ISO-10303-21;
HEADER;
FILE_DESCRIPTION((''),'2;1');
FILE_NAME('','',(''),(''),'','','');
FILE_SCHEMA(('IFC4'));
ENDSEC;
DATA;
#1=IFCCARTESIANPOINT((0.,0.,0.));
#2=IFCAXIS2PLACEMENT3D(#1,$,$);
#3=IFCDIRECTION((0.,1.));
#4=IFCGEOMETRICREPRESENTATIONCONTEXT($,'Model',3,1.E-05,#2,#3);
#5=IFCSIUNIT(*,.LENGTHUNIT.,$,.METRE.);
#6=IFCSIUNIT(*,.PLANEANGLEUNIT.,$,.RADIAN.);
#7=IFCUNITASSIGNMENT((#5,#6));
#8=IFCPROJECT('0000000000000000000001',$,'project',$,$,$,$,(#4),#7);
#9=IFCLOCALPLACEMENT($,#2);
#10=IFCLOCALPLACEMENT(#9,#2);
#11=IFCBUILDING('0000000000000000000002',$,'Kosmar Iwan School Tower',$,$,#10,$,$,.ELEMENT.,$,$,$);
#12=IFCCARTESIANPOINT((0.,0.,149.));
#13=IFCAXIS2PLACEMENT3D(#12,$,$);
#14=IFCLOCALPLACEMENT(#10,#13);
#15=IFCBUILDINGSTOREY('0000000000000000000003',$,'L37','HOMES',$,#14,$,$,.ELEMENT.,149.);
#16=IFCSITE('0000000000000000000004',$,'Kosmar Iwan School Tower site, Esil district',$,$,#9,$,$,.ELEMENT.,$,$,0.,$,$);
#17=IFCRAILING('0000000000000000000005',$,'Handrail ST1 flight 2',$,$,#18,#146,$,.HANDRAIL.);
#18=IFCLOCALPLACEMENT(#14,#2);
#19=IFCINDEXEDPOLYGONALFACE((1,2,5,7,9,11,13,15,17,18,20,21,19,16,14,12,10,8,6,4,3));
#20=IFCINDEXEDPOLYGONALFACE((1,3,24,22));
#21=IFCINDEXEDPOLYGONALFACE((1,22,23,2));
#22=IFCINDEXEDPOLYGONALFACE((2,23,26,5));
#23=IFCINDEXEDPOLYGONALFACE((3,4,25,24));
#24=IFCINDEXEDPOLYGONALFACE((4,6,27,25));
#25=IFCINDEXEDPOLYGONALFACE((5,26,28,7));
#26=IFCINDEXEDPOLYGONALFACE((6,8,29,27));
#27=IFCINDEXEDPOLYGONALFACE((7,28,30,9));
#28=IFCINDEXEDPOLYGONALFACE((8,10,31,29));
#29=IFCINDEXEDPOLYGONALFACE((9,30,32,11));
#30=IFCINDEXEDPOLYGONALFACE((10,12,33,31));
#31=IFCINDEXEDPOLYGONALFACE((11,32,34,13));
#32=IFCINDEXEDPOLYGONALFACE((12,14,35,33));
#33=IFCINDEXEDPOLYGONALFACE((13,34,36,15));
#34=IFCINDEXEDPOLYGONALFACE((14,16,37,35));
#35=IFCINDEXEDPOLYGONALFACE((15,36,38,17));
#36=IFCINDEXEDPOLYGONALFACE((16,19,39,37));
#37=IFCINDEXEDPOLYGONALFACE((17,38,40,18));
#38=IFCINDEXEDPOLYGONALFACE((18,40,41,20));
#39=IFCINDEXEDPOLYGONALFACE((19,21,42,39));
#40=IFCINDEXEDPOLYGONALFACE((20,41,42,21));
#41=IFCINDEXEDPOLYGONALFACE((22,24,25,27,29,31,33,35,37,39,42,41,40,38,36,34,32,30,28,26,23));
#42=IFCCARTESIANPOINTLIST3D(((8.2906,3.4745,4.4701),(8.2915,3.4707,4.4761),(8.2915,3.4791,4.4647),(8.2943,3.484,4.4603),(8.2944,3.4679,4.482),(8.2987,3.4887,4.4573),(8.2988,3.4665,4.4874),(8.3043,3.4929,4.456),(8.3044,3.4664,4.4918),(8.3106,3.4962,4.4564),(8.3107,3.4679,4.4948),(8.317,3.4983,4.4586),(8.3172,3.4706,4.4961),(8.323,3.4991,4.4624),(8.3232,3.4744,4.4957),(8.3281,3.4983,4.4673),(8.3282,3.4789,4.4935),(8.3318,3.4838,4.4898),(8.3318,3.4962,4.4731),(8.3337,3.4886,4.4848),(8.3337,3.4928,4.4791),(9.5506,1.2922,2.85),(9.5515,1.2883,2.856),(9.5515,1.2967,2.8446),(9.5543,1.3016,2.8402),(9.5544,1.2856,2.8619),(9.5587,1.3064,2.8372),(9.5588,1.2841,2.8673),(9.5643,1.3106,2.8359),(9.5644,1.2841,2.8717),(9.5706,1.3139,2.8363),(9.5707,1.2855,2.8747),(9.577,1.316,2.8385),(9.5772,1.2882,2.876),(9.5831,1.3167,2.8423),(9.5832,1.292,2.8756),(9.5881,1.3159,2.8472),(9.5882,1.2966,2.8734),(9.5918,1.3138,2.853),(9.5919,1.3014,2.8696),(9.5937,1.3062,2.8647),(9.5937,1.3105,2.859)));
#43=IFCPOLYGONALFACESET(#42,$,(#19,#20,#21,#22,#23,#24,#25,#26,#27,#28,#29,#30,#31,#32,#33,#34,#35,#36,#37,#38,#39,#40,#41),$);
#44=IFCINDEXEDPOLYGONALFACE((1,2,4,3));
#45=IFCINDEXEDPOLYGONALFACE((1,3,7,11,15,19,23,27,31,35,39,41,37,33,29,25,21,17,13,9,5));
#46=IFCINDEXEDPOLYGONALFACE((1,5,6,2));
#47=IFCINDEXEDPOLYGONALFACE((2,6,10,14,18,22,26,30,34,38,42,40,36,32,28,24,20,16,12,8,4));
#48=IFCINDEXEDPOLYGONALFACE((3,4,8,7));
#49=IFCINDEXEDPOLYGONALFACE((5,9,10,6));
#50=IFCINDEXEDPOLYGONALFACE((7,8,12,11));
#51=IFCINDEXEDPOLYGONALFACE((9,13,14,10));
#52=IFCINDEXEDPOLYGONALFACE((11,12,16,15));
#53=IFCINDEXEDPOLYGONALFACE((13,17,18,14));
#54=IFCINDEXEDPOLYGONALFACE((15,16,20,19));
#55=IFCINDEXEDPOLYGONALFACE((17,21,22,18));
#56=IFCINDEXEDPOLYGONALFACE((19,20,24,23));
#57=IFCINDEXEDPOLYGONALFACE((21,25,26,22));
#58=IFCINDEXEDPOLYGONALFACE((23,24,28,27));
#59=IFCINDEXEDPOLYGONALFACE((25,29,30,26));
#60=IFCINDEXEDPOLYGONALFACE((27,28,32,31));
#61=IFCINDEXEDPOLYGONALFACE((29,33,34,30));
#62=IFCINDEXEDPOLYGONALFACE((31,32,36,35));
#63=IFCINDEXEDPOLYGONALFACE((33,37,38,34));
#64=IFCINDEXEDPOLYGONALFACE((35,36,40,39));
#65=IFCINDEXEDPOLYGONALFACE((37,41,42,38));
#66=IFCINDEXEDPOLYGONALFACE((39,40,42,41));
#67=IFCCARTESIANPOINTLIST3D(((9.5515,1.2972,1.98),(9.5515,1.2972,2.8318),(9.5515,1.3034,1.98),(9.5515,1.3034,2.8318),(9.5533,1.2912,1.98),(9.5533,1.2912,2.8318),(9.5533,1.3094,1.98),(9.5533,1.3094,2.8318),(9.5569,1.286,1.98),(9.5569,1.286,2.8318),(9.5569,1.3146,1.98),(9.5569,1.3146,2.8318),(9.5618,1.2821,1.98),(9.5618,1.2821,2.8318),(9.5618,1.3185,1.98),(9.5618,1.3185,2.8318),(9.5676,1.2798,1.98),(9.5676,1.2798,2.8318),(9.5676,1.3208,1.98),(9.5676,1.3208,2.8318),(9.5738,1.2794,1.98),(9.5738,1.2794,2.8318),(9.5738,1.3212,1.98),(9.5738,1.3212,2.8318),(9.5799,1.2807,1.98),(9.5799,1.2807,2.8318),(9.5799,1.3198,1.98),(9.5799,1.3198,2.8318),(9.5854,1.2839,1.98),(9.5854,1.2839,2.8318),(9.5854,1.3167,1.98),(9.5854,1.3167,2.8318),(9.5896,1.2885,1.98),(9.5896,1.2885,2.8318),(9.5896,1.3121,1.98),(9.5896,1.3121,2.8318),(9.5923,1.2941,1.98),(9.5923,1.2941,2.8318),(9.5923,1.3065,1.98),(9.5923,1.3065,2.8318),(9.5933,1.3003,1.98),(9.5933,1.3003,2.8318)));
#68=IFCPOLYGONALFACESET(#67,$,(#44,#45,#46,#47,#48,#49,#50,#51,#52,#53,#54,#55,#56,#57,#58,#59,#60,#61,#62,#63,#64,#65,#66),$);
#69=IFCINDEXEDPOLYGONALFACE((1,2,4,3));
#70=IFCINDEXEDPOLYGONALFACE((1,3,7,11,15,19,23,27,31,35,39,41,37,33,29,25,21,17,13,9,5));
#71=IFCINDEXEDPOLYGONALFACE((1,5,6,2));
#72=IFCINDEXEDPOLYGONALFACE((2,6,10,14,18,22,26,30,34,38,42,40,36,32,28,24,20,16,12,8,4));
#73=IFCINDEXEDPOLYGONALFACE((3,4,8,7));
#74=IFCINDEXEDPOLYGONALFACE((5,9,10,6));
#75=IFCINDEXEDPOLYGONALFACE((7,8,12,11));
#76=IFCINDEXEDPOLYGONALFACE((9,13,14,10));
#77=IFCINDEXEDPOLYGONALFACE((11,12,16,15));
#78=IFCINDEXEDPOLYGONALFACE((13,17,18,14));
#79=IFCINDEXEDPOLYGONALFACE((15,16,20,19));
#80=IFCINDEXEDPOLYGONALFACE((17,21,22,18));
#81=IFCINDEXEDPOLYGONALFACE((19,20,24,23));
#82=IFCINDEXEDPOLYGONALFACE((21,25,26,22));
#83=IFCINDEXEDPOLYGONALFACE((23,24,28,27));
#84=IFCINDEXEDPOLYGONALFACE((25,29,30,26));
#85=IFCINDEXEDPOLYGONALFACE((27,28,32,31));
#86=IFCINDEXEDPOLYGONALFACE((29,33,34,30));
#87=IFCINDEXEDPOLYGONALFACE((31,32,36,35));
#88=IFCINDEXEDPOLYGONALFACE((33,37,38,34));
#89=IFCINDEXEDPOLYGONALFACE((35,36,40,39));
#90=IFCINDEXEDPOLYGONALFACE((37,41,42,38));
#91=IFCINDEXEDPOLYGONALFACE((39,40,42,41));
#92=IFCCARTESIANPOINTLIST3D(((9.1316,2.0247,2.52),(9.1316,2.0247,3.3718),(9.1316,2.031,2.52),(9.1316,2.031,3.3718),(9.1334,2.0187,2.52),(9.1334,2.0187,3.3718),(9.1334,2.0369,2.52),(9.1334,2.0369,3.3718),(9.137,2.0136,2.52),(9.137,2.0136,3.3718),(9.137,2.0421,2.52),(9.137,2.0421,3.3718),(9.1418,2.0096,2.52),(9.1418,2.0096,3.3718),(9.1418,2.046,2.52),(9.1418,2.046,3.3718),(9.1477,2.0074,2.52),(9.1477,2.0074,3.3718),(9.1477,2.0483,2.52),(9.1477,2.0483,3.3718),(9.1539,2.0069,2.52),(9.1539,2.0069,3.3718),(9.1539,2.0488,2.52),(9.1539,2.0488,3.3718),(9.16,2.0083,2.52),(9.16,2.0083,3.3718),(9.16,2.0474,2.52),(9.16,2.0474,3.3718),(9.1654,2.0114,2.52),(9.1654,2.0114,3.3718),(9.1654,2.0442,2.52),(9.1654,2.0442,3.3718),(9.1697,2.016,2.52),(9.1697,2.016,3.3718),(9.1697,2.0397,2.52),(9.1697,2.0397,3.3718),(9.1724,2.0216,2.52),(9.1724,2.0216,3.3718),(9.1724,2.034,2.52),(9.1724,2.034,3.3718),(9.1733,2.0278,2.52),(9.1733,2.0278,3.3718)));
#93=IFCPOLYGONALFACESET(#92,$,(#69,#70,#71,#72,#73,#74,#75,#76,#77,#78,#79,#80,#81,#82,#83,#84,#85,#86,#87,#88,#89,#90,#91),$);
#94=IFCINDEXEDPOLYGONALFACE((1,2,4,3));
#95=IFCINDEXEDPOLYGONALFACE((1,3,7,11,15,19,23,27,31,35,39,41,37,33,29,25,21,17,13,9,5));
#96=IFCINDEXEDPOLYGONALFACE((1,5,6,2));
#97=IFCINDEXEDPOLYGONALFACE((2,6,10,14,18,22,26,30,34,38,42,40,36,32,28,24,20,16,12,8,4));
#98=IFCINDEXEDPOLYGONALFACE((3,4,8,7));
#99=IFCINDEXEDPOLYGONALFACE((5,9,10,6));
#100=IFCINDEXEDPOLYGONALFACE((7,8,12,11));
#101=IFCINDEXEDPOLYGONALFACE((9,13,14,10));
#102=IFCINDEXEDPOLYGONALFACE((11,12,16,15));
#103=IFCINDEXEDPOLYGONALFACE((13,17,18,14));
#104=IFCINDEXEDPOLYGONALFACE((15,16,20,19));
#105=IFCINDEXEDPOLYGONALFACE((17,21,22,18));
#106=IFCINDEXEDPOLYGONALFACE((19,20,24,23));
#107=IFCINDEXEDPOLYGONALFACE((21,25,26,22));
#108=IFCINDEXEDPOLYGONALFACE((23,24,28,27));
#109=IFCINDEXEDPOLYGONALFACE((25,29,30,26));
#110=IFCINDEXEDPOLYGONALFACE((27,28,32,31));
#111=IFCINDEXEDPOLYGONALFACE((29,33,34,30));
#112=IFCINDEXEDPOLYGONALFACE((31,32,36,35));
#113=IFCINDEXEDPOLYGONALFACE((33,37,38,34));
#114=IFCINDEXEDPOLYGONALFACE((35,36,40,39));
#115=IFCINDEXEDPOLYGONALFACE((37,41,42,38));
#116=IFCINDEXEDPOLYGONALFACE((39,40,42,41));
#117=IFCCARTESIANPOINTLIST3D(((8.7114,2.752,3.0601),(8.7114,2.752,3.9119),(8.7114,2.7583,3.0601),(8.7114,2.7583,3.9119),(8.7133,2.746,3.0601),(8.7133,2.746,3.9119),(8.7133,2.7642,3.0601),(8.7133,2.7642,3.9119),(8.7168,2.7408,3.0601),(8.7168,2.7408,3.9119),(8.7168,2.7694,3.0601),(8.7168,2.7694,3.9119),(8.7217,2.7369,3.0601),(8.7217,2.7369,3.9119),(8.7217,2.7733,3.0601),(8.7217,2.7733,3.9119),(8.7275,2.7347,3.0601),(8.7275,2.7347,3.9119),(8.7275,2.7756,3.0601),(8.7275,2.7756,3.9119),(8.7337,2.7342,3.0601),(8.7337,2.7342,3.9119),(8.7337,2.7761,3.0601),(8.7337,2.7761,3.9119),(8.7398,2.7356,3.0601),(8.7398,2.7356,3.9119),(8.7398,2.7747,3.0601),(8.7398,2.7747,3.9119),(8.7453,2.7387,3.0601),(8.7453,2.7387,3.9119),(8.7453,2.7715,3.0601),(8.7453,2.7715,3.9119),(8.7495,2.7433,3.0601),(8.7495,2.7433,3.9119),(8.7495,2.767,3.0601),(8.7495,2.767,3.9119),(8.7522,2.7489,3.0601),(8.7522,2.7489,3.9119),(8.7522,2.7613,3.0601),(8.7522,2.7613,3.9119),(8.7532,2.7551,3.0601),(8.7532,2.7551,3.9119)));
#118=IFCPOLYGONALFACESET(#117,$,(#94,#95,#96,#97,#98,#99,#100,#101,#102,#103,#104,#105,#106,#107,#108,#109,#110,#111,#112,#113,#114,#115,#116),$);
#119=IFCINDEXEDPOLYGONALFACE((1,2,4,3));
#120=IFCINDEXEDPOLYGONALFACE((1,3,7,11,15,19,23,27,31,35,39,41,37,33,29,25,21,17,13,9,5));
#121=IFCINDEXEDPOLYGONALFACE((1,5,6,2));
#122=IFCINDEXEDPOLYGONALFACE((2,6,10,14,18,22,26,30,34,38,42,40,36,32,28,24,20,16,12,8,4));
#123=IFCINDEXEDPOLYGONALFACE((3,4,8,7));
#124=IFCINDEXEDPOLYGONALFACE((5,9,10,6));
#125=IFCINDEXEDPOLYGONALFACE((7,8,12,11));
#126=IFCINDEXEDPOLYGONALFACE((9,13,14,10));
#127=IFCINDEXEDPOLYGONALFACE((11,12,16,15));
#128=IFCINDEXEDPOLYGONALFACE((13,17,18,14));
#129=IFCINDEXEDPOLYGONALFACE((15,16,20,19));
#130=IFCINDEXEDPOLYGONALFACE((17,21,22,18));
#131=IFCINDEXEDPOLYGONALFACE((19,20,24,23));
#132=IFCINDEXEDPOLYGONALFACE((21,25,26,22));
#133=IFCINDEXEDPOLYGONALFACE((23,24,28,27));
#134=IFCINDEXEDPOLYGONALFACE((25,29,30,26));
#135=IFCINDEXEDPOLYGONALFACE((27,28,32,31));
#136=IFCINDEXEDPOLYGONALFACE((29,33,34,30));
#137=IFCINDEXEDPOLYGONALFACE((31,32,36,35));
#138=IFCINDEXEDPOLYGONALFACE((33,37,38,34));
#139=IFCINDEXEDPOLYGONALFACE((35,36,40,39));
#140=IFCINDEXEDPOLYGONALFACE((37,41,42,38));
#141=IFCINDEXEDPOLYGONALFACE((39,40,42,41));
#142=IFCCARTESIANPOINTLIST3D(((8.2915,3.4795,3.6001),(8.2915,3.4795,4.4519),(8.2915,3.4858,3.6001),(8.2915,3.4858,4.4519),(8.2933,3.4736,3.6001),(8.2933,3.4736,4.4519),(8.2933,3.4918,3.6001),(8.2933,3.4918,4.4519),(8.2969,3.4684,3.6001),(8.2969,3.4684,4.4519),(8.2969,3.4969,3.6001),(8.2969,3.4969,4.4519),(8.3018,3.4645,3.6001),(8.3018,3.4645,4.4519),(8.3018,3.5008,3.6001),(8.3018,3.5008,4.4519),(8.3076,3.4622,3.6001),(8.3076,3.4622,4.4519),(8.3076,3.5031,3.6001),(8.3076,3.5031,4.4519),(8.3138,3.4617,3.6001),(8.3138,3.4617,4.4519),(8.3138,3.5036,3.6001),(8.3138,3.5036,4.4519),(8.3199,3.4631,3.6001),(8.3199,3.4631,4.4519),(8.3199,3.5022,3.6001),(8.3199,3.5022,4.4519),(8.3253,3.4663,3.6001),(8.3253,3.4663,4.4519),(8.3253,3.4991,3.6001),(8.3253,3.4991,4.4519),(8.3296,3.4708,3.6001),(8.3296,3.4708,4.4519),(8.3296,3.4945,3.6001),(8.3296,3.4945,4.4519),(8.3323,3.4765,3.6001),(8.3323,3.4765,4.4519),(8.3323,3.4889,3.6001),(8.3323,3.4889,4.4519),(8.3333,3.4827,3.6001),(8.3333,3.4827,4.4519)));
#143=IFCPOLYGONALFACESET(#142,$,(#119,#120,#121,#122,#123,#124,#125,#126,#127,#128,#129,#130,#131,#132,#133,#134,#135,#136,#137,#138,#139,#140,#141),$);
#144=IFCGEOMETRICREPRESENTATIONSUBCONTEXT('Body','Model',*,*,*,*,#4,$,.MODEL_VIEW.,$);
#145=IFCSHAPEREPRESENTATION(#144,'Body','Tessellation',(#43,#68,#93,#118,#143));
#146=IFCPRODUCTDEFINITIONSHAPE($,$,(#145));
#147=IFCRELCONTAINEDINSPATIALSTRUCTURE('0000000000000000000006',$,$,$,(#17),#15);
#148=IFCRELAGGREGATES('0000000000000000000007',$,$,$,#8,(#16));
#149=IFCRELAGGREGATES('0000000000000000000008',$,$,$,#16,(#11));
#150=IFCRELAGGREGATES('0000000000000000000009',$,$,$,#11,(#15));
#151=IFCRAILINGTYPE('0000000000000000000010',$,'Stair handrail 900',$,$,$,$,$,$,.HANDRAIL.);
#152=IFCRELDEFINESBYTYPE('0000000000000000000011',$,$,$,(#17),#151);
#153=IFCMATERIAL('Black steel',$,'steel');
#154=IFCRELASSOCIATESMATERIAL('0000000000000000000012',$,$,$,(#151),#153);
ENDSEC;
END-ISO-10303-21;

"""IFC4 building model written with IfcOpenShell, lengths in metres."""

from ifc_helpers import new_model, si_unit, direction, frame, origin, origin_2d, place, context, subcontext, project, spatial, circle, extrude, material, type_object, element, save


model = new_model("IFC4")

# Units and contexts
model_context = context("Model", 3, precision=1e-05, world=origin(), true_north=direction((0.0, 1.0)))
body_context = subcontext(model_context, "Body", "Model", "MODEL_VIEW")
ifc_project = project(units=[si_unit("LENGTHUNIT", "METRE"), si_unit("PLANEANGLEUNIT", "RADIAN")], contexts=[model_context])

# Site, building, storey
site_placement = place(None, origin())
site = spatial("IfcSite", under=ifc_project, at=site_placement, Name="Kosmar Iwan School Tower site, Esil district", CompositionType="ELEMENT", RefElevation=0.0)
building_placement = place(site_placement, origin())
building = spatial("IfcBuilding", under=site, at=building_placement, Name="Kosmar Iwan School Tower", CompositionType="ELEMENT")
storey_placement = place(building_placement, frame((0.0, 0.0, 149.0)))
storey = spatial("IfcBuildingStorey", under=building, at=storey_placement, Name="L37", Description="HOMES", CompositionType="ELEMENT", Elevation=149.0)

# Railing
ifc_material_1 = material(Name="Black steel", Category="steel")
railing_type = type_object("IfcRailingType", Name="Stair handrail 900", PredefinedType="HANDRAIL", material=ifc_material_1)
railing_1_placement = place(storey_placement, frame((9.5723, 1.3003, 1.98)))
element("IfcRailing", 1, at=railing_1_placement, inside=storey, type_object=railing_type, Name="Handrail ST1 flight 2", PredefinedType="HANDRAIL", context=body_context, shape_type="SweptSolid", body=[
    extrude(circle(Radius=0.0239, at=origin_2d()), frame((0.0, 0.0, 0.876), z_axis=(-0.420584, 0.728464, 0.540786), x_axis=(-0.866023, -0.500005, 0.0)), (0.0, 0.0, 1.0), 2.9958),
    extrude(circle(Radius=0.021, at=origin_2d()), origin(), (0.0, 0.0, 1.0), 0.8518),
    extrude(circle(Radius=0.021, at=origin_2d()), frame((-0.4199, 0.7275, 0.54)), (0.0, 0.0, 1.0), 0.8518),
    extrude(circle(Radius=0.021, at=origin_2d()), frame((-0.8401, 1.4548, 1.0801)), (0.0, 0.0, 1.0), 0.8518),
    extrude(circle(Radius=0.021, at=origin_2d()), frame((-1.26, 2.1824, 1.6201)), (0.0, 0.0, 1.0), 0.8518),
])

save(model, "model.ifc")
